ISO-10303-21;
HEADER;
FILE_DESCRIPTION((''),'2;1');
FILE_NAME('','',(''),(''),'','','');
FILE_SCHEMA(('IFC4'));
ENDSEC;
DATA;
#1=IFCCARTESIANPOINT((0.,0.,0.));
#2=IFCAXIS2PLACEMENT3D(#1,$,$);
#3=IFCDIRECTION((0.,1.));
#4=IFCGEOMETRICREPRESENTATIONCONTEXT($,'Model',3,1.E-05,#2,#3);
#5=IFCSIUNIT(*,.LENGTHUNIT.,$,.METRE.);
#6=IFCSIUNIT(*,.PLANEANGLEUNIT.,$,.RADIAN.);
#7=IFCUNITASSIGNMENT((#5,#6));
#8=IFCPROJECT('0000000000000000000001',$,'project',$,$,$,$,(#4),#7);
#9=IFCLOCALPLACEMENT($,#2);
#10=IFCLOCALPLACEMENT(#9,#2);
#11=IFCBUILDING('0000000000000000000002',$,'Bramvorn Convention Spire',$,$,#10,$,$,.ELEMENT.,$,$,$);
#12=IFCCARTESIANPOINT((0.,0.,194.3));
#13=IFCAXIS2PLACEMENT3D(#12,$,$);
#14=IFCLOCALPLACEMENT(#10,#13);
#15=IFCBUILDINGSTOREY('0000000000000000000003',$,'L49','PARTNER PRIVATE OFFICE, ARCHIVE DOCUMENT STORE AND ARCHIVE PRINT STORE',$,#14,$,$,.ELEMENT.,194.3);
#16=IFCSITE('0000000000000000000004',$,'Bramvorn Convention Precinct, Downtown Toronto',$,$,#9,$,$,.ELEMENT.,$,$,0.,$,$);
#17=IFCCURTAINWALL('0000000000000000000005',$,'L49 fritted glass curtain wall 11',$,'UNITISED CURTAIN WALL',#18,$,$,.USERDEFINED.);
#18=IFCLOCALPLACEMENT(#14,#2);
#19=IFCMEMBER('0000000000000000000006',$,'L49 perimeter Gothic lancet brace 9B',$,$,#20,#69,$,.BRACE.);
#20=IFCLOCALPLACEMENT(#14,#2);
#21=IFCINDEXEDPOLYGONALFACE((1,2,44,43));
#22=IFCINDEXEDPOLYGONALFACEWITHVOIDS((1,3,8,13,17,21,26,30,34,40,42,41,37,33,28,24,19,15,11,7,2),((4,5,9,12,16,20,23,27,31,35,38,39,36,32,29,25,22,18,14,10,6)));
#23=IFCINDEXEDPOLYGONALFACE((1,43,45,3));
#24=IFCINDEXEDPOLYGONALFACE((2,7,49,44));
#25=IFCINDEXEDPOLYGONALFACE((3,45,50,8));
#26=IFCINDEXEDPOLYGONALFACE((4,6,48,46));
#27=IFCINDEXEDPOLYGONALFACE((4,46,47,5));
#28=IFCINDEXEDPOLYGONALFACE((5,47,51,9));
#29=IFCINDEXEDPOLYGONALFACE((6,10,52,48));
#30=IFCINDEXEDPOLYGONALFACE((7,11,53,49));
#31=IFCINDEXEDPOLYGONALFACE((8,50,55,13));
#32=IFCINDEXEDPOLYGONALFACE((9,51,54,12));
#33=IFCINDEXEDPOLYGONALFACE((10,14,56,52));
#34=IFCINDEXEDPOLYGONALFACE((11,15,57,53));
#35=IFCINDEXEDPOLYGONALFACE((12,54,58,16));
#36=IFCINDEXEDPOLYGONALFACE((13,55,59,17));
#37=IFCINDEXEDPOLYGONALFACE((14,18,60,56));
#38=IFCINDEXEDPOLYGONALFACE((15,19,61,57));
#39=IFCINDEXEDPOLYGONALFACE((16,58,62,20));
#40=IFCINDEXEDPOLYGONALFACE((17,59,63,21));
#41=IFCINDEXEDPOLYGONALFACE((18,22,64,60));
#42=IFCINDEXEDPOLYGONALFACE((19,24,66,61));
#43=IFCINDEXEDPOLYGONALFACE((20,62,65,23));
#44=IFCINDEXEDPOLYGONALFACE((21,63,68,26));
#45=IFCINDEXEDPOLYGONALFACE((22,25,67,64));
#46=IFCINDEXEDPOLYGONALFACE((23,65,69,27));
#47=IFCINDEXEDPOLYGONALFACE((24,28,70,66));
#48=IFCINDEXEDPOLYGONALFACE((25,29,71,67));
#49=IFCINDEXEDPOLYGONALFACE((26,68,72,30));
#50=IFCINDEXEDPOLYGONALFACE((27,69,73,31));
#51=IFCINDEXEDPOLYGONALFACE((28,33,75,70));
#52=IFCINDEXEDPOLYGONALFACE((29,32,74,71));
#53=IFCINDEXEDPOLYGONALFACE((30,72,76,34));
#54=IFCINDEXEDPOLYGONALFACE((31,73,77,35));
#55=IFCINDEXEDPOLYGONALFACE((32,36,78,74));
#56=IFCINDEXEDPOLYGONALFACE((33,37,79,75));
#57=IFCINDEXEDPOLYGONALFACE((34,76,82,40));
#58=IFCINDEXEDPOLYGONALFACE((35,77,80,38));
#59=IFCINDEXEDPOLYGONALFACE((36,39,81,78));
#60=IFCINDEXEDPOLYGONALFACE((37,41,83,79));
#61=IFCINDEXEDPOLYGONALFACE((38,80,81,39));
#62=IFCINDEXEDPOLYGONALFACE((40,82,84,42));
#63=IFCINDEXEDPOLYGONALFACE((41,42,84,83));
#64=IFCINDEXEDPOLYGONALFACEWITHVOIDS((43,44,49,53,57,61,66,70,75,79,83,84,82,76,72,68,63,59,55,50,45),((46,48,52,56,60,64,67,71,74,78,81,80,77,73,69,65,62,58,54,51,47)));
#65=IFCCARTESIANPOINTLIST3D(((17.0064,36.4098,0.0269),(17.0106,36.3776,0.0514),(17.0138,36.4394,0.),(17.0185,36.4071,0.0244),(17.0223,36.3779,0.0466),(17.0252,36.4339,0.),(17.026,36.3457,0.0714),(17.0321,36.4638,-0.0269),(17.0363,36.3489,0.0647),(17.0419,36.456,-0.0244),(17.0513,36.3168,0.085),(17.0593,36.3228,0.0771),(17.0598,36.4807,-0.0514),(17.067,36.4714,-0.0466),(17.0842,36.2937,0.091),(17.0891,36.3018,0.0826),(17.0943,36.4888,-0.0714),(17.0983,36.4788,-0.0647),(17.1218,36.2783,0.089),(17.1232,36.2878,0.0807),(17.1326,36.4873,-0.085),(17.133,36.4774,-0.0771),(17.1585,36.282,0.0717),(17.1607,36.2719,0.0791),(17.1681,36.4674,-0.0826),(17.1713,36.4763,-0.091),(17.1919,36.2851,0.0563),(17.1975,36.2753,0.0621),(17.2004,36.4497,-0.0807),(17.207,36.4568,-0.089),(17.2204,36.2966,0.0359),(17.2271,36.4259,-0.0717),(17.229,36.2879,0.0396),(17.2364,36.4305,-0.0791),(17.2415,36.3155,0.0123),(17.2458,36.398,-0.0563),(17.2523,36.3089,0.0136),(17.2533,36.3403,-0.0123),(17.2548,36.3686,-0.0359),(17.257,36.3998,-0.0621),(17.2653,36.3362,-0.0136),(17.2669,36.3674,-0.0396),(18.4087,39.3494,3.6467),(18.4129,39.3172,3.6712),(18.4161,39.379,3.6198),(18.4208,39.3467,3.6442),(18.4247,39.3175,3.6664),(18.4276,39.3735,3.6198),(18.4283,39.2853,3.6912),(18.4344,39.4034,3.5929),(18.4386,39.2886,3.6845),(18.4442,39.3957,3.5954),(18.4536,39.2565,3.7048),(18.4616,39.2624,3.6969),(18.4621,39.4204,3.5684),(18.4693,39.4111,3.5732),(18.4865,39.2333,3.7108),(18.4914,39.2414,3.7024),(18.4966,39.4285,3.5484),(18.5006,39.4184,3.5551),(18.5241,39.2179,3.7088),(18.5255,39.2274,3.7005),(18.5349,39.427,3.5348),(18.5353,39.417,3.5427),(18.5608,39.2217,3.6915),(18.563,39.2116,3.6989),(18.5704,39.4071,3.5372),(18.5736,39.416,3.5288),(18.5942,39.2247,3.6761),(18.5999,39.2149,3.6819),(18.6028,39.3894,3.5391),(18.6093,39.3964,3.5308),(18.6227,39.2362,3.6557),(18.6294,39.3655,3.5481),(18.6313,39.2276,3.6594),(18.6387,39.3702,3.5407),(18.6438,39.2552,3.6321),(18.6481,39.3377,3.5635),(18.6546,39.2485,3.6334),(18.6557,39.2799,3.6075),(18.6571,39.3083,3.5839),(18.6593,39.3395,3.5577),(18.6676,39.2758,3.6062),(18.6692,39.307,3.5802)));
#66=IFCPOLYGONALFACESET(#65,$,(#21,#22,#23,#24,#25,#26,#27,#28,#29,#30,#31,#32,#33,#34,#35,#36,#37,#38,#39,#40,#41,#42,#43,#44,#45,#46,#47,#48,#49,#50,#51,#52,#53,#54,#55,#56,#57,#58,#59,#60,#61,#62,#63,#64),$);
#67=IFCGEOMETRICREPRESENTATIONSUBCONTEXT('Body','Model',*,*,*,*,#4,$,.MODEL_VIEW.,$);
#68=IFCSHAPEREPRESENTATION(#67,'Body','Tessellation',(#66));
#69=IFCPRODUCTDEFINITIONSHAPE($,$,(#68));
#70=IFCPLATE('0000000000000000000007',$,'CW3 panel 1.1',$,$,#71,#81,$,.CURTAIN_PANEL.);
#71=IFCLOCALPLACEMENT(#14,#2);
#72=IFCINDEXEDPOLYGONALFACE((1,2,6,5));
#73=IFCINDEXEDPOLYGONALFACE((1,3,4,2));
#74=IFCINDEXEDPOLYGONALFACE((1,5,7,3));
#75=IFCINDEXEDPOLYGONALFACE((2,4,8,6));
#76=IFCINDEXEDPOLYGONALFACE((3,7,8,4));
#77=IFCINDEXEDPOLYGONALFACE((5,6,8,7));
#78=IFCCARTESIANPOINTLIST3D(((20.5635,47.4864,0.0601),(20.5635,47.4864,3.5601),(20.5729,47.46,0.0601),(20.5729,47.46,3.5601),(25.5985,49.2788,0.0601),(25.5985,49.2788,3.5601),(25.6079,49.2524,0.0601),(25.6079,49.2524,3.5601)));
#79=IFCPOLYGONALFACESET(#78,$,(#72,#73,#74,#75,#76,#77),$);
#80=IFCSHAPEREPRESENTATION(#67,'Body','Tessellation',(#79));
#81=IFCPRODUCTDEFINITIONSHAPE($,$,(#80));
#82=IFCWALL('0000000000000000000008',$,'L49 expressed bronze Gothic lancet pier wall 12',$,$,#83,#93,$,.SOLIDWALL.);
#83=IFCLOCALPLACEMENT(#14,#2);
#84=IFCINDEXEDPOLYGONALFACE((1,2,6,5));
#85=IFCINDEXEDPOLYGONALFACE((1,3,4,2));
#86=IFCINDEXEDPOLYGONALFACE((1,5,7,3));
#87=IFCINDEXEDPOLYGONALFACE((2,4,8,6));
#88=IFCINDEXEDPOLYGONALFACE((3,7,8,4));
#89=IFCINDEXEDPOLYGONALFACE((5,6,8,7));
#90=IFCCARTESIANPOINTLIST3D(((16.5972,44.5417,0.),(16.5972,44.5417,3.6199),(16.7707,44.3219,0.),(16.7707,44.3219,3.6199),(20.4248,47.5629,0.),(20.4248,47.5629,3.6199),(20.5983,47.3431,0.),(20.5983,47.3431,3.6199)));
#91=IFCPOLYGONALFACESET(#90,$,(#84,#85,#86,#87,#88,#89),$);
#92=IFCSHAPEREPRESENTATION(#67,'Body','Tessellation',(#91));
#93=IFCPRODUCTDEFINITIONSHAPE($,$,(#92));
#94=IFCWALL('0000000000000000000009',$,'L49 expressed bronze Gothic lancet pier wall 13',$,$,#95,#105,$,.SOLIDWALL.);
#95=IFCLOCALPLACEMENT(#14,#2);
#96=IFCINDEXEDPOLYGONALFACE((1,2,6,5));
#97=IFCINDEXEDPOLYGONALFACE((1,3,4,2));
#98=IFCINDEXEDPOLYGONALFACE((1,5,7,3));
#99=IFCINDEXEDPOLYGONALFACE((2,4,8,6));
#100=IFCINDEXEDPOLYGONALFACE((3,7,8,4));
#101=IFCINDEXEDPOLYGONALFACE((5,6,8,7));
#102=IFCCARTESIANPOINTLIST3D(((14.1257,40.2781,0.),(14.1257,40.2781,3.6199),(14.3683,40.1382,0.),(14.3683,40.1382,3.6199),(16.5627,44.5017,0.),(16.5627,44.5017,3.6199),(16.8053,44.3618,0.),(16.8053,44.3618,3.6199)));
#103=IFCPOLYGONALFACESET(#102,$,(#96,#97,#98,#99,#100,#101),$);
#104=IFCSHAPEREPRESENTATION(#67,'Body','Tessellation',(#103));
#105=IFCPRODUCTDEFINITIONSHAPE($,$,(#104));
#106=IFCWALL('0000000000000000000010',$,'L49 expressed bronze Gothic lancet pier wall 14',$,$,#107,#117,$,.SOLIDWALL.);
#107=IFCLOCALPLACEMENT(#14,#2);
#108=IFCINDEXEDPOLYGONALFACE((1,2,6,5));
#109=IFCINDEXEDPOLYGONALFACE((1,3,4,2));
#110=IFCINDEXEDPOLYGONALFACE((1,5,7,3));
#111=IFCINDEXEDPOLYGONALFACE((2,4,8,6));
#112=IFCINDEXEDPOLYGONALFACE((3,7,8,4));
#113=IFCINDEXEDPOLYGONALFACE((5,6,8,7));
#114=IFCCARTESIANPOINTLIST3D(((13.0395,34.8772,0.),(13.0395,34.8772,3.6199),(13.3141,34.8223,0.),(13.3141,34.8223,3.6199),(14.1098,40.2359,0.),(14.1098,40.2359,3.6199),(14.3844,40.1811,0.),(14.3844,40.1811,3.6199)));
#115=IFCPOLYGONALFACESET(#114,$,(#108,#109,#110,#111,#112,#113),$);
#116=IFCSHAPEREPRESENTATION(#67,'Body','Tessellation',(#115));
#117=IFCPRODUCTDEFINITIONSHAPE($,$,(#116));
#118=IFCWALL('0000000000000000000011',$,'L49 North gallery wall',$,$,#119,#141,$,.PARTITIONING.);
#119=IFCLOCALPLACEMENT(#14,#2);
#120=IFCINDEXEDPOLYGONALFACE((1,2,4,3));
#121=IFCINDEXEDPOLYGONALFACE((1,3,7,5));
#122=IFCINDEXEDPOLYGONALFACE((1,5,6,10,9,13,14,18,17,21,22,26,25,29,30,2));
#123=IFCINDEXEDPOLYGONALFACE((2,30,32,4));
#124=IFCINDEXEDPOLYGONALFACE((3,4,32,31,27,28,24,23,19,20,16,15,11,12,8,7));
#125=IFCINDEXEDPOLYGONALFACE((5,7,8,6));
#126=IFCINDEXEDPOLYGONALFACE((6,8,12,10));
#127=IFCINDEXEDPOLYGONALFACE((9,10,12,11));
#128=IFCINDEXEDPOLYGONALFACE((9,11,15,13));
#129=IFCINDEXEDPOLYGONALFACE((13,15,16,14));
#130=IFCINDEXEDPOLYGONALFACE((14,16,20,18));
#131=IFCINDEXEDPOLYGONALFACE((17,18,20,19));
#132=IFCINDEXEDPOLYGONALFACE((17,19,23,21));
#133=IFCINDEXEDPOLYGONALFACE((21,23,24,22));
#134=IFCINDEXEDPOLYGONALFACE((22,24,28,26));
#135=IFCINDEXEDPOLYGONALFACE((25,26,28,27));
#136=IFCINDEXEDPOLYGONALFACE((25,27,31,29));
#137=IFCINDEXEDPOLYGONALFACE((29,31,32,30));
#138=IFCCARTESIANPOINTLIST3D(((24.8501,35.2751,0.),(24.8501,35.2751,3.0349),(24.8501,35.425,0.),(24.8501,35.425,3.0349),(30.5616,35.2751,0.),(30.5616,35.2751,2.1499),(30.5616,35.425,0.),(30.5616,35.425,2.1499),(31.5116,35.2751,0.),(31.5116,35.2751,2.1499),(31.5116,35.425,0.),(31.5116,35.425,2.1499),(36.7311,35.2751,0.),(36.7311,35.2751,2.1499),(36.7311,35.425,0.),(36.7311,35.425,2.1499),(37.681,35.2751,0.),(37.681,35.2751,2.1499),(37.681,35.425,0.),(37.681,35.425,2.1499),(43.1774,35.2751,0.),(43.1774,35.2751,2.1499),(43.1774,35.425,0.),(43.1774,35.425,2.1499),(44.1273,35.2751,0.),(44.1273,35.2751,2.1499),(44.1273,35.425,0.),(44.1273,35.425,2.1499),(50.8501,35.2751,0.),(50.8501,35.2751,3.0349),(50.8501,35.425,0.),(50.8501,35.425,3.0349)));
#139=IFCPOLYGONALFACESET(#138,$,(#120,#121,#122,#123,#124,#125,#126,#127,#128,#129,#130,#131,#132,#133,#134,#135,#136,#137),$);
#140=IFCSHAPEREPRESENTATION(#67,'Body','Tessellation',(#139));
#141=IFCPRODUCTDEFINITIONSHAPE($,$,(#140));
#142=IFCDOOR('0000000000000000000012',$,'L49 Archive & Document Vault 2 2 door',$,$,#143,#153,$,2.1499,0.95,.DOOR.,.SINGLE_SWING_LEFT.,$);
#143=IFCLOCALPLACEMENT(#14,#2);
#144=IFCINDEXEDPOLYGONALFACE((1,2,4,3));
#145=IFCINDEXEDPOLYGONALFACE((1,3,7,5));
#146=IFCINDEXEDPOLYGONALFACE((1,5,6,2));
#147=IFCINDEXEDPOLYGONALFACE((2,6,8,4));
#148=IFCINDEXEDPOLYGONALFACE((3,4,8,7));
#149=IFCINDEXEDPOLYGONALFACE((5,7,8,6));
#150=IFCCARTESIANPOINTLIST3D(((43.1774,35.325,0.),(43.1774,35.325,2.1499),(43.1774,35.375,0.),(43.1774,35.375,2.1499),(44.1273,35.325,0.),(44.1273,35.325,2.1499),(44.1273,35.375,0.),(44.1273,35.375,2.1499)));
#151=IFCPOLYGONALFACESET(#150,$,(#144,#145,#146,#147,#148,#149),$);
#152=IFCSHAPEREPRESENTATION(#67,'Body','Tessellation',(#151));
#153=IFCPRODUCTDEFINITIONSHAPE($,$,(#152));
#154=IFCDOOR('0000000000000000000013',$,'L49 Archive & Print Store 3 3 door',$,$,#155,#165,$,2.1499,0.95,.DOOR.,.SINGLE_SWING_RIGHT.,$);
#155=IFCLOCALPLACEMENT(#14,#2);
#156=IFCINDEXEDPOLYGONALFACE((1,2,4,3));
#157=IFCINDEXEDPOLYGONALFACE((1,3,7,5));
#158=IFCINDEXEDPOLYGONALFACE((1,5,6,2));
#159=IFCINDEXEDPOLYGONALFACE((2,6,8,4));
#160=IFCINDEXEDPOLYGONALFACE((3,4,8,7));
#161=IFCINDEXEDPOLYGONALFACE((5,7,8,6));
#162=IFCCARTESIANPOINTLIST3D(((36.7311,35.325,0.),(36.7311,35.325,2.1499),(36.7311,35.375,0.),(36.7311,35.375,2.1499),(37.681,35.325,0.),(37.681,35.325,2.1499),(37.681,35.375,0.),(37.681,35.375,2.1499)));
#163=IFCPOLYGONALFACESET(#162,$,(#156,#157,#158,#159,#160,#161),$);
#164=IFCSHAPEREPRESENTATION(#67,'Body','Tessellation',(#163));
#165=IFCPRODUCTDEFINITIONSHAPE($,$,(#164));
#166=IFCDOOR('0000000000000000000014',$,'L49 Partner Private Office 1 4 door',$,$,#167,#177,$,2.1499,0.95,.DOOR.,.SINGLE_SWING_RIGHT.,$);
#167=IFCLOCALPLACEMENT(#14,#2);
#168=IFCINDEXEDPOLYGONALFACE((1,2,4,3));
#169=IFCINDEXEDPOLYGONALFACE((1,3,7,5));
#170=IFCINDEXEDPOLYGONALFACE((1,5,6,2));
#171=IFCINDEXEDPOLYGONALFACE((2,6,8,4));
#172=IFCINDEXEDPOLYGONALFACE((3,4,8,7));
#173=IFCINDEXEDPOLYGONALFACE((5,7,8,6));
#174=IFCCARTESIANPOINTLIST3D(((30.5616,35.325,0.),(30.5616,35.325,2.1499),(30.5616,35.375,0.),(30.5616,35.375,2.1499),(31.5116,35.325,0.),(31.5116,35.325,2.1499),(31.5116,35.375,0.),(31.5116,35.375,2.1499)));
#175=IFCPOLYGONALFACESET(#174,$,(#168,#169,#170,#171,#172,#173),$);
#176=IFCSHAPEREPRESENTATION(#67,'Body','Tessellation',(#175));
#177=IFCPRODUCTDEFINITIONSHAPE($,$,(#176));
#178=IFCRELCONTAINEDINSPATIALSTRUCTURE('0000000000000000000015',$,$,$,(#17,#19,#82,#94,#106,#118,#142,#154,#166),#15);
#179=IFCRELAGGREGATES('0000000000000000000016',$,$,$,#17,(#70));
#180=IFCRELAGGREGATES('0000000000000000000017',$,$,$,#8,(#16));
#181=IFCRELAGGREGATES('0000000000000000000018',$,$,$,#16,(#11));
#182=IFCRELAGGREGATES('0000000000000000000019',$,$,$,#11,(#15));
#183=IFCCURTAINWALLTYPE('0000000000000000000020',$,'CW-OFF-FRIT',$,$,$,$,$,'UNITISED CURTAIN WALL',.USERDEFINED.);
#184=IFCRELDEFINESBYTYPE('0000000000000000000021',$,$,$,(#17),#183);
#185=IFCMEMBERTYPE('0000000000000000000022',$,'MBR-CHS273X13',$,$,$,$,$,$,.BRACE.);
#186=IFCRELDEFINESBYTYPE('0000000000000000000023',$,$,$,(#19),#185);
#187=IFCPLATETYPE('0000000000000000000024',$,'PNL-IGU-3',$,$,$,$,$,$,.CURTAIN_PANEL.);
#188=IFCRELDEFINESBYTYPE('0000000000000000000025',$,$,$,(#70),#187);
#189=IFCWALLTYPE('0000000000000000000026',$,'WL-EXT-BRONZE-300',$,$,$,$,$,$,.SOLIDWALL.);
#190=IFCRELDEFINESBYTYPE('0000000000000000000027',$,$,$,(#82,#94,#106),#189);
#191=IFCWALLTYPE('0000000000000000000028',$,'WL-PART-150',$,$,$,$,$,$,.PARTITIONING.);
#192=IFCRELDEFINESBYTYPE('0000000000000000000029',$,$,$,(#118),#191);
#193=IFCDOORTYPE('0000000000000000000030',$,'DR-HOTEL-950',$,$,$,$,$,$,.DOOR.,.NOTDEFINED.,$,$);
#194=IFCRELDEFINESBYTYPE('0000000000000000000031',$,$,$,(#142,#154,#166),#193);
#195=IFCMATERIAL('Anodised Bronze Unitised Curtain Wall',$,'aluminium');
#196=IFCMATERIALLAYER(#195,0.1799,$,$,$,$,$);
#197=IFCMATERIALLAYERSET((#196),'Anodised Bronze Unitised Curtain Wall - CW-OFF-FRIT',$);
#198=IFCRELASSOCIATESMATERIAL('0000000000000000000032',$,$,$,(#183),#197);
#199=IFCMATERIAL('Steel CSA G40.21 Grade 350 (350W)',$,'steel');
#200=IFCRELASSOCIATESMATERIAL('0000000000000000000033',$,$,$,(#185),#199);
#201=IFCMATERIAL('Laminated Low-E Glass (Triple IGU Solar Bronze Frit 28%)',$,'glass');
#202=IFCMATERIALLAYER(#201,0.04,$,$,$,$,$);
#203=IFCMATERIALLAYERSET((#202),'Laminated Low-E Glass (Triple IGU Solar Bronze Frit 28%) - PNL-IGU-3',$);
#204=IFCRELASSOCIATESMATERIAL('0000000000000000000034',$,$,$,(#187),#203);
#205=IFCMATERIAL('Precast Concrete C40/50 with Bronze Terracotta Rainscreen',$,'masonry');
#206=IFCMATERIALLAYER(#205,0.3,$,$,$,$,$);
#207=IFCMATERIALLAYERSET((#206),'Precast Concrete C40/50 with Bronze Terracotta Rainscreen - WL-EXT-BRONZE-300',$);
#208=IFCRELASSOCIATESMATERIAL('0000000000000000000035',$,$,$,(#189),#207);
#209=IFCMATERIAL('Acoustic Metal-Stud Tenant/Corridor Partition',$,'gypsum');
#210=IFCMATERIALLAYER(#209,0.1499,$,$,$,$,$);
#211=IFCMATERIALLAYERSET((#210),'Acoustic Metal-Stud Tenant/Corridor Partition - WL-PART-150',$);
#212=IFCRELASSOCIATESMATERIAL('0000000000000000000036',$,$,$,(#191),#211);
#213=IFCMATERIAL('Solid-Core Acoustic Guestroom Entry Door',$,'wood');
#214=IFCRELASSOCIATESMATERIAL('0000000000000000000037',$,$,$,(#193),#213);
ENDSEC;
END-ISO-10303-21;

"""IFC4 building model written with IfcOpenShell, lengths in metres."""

from ifc_helpers import new_model, si_unit, direction, frame, frame_2d, origin, origin_2d, place, context, subcontext, project, spatial, rectangle, hollow_circle, extrude, material, layer, layer_set, material_profile, profile_set, type_object, element, fill, aggregate, save


model = new_model("IFC4")

# Units and contexts
model_context = context("Model", 3, precision=1e-05, world=origin(), true_north=direction((0.0, 1.0)))
body_context = subcontext(model_context, "Body", "Model", "MODEL_VIEW")
ifc_project = project(units=[si_unit("LENGTHUNIT", "METRE"), si_unit("PLANEANGLEUNIT", "RADIAN")], contexts=[model_context])

# Site, building, storey
site_placement = place(None, origin())
site = spatial("IfcSite", under=ifc_project, at=site_placement, Name="Bramvorn Convention Precinct, Downtown Toronto", CompositionType="ELEMENT", RefElevation=0.0)
building_placement = place(site_placement, origin())
building = spatial("IfcBuilding", under=site, at=building_placement, Name="Bramvorn Convention Spire", CompositionType="ELEMENT")
storey_placement = place(building_placement, frame((0.0, 0.0, 194.3)))
storey = spatial("IfcBuildingStorey", under=building, at=storey_placement, Name="L49", Description="PARTNER PRIVATE OFFICE, ARCHIVE DOCUMENT STORE AND ARCHIVE PRINT STORE", CompositionType="ELEMENT", Elevation=194.3)

# Shared definitions
ifc_material_1 = material(Name="Steel CSA G40.21 Grade 350 (350W)", Category="steel")

# Curtain wall
ifc_material_2 = material(Name="Anodised Bronze Unitised Curtain Wall", Category="aluminium")
ifc_layer_1 = layer(ifc_material_2, 0.1799)
ifc_layer_set_1 = layer_set([ifc_layer_1], Name="Anodised Bronze Unitised Curtain Wall - CW-OFF-FRIT")
curtain_wall_type = type_object("IfcCurtainWallType", Name="CW-OFF-FRIT", ElementType="UNITISED CURTAIN WALL", PredefinedType="USERDEFINED", material=ifc_layer_set_1)
curtain_wall_placement = place(storey_placement, origin())
curtain_wall = element("IfcCurtainWall", 1, at=curtain_wall_placement, inside=storey, type_object=curtain_wall_type, Name="L49 fritted glass curtain wall 11", ObjectType="UNITISED CURTAIN WALL", PredefinedType="USERDEFINED")

# Member
ifc_material_profile_1 = material_profile(ifc_material_1, hollow_circle(Radius=0.1365, WallThickness=0.0127, at=origin_2d()))
ifc_profile_set_1 = profile_set([ifc_material_profile_1], Name="Steel CSA G40.21 Grade 350 (350W) - CHS273X13")
member_type_1 = type_object("IfcMemberType", Name="MBR-CHS273X13", PredefinedType="BRACE", material=ifc_profile_set_1)
for number, where, z_axis, x_axis, name in (
    (2, (17.137, 36.3806, 0.0), (0.287986, 0.603698, 0.743379), (-0.902564, 0.430556, 0.0), "L49 perimeter Gothic lancet brace 9B"),
):
    element("IfcMember", number, at=place(storey_placement, frame(where, z_axis=z_axis, x_axis=x_axis)), inside=storey, type_object=member_type_1, Name=name, PredefinedType="BRACE", context=body_context, shape_type="SweptSolid", body=[
        extrude(hollow_circle(Radius=0.1365, WallThickness=0.0127, at=origin_2d()), origin(), (0.0, 0.0, 1.0), 4.8694),
    ])

# Plate
ifc_material_3 = material(Name="Laminated Low-E Glass (Triple IGU Solar Bronze Frit 28%)", Category="glass")
ifc_layer_2 = layer(ifc_material_3, 0.04)
ifc_layer_set_2 = layer_set([ifc_layer_2], Name="Laminated Low-E Glass (Triple IGU Solar Bronze Frit 28%) - PNL-IGU-3")
plate_type = type_object("IfcPlateType", Name="PNL-IGU-3", PredefinedType="CURTAIN_PANEL", material=ifc_layer_set_2)
plate_placement = place(storey_placement, frame((23.0857, 48.3694, 0.0601), z_axis=(0.0, 0.0, 1.0), x_axis=(0.942084, 0.335378, 0.0)))
plate = element("IfcPlate", 3, at=plate_placement, type_object=plate_type, Name="CW3 panel 1.1", PredefinedType="CURTAIN_PANEL", context=body_context, shape_type="SweptSolid", body=[
    extrude(rectangle(XDim=5.3445, YDim=0.0281, at=origin_2d()), origin(), (0.0, 0.0, 1.0), 3.5),
])
aggregate(curtain_wall, [plate])

# Walls
ifc_material_4 = material(Name="Precast Concrete C40/50 with Bronze Terracotta Rainscreen", Category="masonry")
ifc_layer_3 = layer(ifc_material_4, 0.3)
ifc_layer_set_3 = layer_set([ifc_layer_3], Name="Precast Concrete C40/50 with Bronze Terracotta Rainscreen - WL-EXT-BRONZE-300")
wall_type_1 = type_object("IfcWallType", Name="WL-EXT-BRONZE-300", PredefinedType="SOLIDWALL", material=ifc_layer_set_3)
for number, where, z_axis, x_axis, name in (
    (4, (16.6841, 44.4319, 0.0), (0.0, 0.0, 1.0), (0.78494, 0.619571, 0.0), "L49 expressed bronze Gothic lancet pier wall 12"),
    (5, (14.2471, 40.2083, 0.0), (0.0, 0.0, 1.0), (0.499769, 0.866159, 0.0), "L49 expressed bronze Gothic lancet pier wall 13"),
):
    element("IfcWall", number, at=place(storey_placement, frame(where, z_axis=z_axis, x_axis=x_axis)), inside=storey, type_object=wall_type_1, Name=name, PredefinedType="SOLIDWALL", context=body_context, shape_type="SweptSolid", body=[
        extrude(rectangle(XDim=4.8762, YDim=0.28, at=frame_2d((2.438, 0.0))), origin(), (0.0, 0.0, 1.0), 3.6199),
    ])
wall_1_placement = place(storey_placement, frame((13.1768, 34.8496, 0.0), z_axis=(0.0, 0.0, 1.0), x_axis=(0.195867, 0.98063, 0.0)))
element("IfcWall", 6, at=wall_1_placement, inside=storey, type_object=wall_type_1, Name="L49 expressed bronze Gothic lancet pier wall 14", PredefinedType="SOLIDWALL", context=body_context, shape_type="SweptSolid", body=[
    extrude(rectangle(XDim=5.4646, YDim=0.28, at=frame_2d((2.7324, 0.0))), origin(), (0.0, 0.0, 1.0), 3.6199),
])

# Wall, openings, doors
ifc_material_5 = material(Name="Acoustic Metal-Stud Tenant/Corridor Partition", Category="gypsum")
ifc_layer_4 = layer(ifc_material_5, 0.1499)
ifc_layer_set_4 = layer_set([ifc_layer_4], Name="Acoustic Metal-Stud Tenant/Corridor Partition - WL-PART-150")
wall_type_2 = type_object("IfcWallType", Name="WL-PART-150", PredefinedType="PARTITIONING", material=ifc_layer_set_4)
wall_2_placement = place(storey_placement, frame((24.8501, 35.3501, 0.0), z_axis=(0.0, 0.0, 1.0), x_axis=(1.0, 0.0, 0.0)))
wall_2 = element("IfcWall", 7, at=wall_2_placement, inside=storey, type_object=wall_type_2, Name="L49 North gallery wall", PredefinedType="PARTITIONING", context=body_context, shape_type="SweptSolid", body=[
    extrude(rectangle(XDim=26.0, YDim=0.1499, at=frame_2d((13.0, 0.0))), origin(), (0.0, 0.0, 1.0), 3.0349),
])
opening_1_placement = place(wall_2_placement, frame((18.3271, 0.0, 0.0)))
opening_1 = element("IfcOpeningElement", 8, at=opening_1_placement, cuts=wall_2, PredefinedType="OPENING", context=body_context, shape_type="SweptSolid", body=[
    extrude(rectangle(XDim=0.95, YDim=2.1499, at=frame_2d((0.4751, 1.075))), frame((0.0, 0.085, 0.0), z_axis=(0.0, -1.0, 0.0), x_axis=(1.0, 0.0, 0.0)), (0.0, 0.0, 1.0), 0.1699),
])
opening_2_placement = place(wall_2_placement, frame((11.8809, 0.0, 0.0)))
opening_2 = element("IfcOpeningElement", 9, at=opening_2_placement, cuts=wall_2, PredefinedType="OPENING", context=body_context, shape_type="SweptSolid", body=[
    extrude(rectangle(XDim=0.95, YDim=2.1499, at=frame_2d((0.4751, 1.075))), frame((0.0, 0.085, 0.0), z_axis=(0.0, -1.0, 0.0), x_axis=(1.0, 0.0, 0.0)), (0.0, 0.0, 1.0), 0.1699),
])
opening_3_placement = place(wall_2_placement, frame((5.7114, 0.0, 0.0)))
opening_3 = element("IfcOpeningElement", 10, at=opening_3_placement, cuts=wall_2, PredefinedType="OPENING", context=body_context, shape_type="SweptSolid", body=[
    extrude(rectangle(XDim=0.95, YDim=2.1499, at=frame_2d((0.4751, 1.075))), frame((0.0, 0.085, 0.0), z_axis=(0.0, -1.0, 0.0), x_axis=(1.0, 0.0, 0.0)), (0.0, 0.0, 1.0), 0.1699),
])
ifc_material_6 = material(Name="Solid-Core Acoustic Guestroom Entry Door", Category="wood")
door_type = type_object("IfcDoorType", Name="DR-HOTEL-950", OperationType="NOTDEFINED", PredefinedType="DOOR", material=ifc_material_6)
door_1_placement = place(opening_1_placement, origin())
door_1 = element("IfcDoor", 11, at=door_1_placement, inside=storey, type_object=door_type, Name="L49 Archive & Document Vault 2 2 door", OperationType="SINGLE_SWING_LEFT", OverallHeight=2.1499, OverallWidth=0.95, PredefinedType="DOOR", context=body_context, shape_type="SweptSolid", body=[
    extrude(rectangle(XDim=0.95, YDim=2.1499, at=frame_2d((0.4751, 1.075))), frame((0.0, 0.0249, 0.0), z_axis=(0.0, -1.0, 0.0), x_axis=(1.0, 0.0, 0.0)), (0.0, 0.0, 1.0), 0.05),
])
fill(opening_1, door_1)
door_2_placement = place(opening_2_placement, origin())
door_2 = element("IfcDoor", 12, at=door_2_placement, inside=storey, type_object=door_type, Name="L49 Archive & Print Store 3 3 door", OperationType="SINGLE_SWING_RIGHT", OverallHeight=2.1499, OverallWidth=0.95, PredefinedType="DOOR", context=body_context, shape_type="SweptSolid", body=[
    extrude(rectangle(XDim=0.95, YDim=2.1499, at=frame_2d((0.4751, 1.075))), frame((0.0, 0.0249, 0.0), z_axis=(0.0, -1.0, 0.0), x_axis=(1.0, 0.0, 0.0)), (0.0, 0.0, 1.0), 0.05),
])
fill(opening_2, door_2)
door_3_placement = place(opening_3_placement, origin())
door_3 = element("IfcDoor", 13, at=door_3_placement, inside=storey, type_object=door_type, Name="L49 Partner Private Office 1 4 door", OperationType="SINGLE_SWING_RIGHT", OverallHeight=2.1499, OverallWidth=0.95, PredefinedType="DOOR", context=body_context, shape_type="SweptSolid", body=[
    extrude(rectangle(XDim=0.95, YDim=2.1499, at=frame_2d((0.4751, 1.075))), frame((0.0, 0.0249, 0.0), z_axis=(0.0, -1.0, 0.0), x_axis=(1.0, 0.0, 0.0)), (0.0, 0.0, 1.0), 0.05),
])
fill(opening_3, door_3)

save(model, "model.ifc")
